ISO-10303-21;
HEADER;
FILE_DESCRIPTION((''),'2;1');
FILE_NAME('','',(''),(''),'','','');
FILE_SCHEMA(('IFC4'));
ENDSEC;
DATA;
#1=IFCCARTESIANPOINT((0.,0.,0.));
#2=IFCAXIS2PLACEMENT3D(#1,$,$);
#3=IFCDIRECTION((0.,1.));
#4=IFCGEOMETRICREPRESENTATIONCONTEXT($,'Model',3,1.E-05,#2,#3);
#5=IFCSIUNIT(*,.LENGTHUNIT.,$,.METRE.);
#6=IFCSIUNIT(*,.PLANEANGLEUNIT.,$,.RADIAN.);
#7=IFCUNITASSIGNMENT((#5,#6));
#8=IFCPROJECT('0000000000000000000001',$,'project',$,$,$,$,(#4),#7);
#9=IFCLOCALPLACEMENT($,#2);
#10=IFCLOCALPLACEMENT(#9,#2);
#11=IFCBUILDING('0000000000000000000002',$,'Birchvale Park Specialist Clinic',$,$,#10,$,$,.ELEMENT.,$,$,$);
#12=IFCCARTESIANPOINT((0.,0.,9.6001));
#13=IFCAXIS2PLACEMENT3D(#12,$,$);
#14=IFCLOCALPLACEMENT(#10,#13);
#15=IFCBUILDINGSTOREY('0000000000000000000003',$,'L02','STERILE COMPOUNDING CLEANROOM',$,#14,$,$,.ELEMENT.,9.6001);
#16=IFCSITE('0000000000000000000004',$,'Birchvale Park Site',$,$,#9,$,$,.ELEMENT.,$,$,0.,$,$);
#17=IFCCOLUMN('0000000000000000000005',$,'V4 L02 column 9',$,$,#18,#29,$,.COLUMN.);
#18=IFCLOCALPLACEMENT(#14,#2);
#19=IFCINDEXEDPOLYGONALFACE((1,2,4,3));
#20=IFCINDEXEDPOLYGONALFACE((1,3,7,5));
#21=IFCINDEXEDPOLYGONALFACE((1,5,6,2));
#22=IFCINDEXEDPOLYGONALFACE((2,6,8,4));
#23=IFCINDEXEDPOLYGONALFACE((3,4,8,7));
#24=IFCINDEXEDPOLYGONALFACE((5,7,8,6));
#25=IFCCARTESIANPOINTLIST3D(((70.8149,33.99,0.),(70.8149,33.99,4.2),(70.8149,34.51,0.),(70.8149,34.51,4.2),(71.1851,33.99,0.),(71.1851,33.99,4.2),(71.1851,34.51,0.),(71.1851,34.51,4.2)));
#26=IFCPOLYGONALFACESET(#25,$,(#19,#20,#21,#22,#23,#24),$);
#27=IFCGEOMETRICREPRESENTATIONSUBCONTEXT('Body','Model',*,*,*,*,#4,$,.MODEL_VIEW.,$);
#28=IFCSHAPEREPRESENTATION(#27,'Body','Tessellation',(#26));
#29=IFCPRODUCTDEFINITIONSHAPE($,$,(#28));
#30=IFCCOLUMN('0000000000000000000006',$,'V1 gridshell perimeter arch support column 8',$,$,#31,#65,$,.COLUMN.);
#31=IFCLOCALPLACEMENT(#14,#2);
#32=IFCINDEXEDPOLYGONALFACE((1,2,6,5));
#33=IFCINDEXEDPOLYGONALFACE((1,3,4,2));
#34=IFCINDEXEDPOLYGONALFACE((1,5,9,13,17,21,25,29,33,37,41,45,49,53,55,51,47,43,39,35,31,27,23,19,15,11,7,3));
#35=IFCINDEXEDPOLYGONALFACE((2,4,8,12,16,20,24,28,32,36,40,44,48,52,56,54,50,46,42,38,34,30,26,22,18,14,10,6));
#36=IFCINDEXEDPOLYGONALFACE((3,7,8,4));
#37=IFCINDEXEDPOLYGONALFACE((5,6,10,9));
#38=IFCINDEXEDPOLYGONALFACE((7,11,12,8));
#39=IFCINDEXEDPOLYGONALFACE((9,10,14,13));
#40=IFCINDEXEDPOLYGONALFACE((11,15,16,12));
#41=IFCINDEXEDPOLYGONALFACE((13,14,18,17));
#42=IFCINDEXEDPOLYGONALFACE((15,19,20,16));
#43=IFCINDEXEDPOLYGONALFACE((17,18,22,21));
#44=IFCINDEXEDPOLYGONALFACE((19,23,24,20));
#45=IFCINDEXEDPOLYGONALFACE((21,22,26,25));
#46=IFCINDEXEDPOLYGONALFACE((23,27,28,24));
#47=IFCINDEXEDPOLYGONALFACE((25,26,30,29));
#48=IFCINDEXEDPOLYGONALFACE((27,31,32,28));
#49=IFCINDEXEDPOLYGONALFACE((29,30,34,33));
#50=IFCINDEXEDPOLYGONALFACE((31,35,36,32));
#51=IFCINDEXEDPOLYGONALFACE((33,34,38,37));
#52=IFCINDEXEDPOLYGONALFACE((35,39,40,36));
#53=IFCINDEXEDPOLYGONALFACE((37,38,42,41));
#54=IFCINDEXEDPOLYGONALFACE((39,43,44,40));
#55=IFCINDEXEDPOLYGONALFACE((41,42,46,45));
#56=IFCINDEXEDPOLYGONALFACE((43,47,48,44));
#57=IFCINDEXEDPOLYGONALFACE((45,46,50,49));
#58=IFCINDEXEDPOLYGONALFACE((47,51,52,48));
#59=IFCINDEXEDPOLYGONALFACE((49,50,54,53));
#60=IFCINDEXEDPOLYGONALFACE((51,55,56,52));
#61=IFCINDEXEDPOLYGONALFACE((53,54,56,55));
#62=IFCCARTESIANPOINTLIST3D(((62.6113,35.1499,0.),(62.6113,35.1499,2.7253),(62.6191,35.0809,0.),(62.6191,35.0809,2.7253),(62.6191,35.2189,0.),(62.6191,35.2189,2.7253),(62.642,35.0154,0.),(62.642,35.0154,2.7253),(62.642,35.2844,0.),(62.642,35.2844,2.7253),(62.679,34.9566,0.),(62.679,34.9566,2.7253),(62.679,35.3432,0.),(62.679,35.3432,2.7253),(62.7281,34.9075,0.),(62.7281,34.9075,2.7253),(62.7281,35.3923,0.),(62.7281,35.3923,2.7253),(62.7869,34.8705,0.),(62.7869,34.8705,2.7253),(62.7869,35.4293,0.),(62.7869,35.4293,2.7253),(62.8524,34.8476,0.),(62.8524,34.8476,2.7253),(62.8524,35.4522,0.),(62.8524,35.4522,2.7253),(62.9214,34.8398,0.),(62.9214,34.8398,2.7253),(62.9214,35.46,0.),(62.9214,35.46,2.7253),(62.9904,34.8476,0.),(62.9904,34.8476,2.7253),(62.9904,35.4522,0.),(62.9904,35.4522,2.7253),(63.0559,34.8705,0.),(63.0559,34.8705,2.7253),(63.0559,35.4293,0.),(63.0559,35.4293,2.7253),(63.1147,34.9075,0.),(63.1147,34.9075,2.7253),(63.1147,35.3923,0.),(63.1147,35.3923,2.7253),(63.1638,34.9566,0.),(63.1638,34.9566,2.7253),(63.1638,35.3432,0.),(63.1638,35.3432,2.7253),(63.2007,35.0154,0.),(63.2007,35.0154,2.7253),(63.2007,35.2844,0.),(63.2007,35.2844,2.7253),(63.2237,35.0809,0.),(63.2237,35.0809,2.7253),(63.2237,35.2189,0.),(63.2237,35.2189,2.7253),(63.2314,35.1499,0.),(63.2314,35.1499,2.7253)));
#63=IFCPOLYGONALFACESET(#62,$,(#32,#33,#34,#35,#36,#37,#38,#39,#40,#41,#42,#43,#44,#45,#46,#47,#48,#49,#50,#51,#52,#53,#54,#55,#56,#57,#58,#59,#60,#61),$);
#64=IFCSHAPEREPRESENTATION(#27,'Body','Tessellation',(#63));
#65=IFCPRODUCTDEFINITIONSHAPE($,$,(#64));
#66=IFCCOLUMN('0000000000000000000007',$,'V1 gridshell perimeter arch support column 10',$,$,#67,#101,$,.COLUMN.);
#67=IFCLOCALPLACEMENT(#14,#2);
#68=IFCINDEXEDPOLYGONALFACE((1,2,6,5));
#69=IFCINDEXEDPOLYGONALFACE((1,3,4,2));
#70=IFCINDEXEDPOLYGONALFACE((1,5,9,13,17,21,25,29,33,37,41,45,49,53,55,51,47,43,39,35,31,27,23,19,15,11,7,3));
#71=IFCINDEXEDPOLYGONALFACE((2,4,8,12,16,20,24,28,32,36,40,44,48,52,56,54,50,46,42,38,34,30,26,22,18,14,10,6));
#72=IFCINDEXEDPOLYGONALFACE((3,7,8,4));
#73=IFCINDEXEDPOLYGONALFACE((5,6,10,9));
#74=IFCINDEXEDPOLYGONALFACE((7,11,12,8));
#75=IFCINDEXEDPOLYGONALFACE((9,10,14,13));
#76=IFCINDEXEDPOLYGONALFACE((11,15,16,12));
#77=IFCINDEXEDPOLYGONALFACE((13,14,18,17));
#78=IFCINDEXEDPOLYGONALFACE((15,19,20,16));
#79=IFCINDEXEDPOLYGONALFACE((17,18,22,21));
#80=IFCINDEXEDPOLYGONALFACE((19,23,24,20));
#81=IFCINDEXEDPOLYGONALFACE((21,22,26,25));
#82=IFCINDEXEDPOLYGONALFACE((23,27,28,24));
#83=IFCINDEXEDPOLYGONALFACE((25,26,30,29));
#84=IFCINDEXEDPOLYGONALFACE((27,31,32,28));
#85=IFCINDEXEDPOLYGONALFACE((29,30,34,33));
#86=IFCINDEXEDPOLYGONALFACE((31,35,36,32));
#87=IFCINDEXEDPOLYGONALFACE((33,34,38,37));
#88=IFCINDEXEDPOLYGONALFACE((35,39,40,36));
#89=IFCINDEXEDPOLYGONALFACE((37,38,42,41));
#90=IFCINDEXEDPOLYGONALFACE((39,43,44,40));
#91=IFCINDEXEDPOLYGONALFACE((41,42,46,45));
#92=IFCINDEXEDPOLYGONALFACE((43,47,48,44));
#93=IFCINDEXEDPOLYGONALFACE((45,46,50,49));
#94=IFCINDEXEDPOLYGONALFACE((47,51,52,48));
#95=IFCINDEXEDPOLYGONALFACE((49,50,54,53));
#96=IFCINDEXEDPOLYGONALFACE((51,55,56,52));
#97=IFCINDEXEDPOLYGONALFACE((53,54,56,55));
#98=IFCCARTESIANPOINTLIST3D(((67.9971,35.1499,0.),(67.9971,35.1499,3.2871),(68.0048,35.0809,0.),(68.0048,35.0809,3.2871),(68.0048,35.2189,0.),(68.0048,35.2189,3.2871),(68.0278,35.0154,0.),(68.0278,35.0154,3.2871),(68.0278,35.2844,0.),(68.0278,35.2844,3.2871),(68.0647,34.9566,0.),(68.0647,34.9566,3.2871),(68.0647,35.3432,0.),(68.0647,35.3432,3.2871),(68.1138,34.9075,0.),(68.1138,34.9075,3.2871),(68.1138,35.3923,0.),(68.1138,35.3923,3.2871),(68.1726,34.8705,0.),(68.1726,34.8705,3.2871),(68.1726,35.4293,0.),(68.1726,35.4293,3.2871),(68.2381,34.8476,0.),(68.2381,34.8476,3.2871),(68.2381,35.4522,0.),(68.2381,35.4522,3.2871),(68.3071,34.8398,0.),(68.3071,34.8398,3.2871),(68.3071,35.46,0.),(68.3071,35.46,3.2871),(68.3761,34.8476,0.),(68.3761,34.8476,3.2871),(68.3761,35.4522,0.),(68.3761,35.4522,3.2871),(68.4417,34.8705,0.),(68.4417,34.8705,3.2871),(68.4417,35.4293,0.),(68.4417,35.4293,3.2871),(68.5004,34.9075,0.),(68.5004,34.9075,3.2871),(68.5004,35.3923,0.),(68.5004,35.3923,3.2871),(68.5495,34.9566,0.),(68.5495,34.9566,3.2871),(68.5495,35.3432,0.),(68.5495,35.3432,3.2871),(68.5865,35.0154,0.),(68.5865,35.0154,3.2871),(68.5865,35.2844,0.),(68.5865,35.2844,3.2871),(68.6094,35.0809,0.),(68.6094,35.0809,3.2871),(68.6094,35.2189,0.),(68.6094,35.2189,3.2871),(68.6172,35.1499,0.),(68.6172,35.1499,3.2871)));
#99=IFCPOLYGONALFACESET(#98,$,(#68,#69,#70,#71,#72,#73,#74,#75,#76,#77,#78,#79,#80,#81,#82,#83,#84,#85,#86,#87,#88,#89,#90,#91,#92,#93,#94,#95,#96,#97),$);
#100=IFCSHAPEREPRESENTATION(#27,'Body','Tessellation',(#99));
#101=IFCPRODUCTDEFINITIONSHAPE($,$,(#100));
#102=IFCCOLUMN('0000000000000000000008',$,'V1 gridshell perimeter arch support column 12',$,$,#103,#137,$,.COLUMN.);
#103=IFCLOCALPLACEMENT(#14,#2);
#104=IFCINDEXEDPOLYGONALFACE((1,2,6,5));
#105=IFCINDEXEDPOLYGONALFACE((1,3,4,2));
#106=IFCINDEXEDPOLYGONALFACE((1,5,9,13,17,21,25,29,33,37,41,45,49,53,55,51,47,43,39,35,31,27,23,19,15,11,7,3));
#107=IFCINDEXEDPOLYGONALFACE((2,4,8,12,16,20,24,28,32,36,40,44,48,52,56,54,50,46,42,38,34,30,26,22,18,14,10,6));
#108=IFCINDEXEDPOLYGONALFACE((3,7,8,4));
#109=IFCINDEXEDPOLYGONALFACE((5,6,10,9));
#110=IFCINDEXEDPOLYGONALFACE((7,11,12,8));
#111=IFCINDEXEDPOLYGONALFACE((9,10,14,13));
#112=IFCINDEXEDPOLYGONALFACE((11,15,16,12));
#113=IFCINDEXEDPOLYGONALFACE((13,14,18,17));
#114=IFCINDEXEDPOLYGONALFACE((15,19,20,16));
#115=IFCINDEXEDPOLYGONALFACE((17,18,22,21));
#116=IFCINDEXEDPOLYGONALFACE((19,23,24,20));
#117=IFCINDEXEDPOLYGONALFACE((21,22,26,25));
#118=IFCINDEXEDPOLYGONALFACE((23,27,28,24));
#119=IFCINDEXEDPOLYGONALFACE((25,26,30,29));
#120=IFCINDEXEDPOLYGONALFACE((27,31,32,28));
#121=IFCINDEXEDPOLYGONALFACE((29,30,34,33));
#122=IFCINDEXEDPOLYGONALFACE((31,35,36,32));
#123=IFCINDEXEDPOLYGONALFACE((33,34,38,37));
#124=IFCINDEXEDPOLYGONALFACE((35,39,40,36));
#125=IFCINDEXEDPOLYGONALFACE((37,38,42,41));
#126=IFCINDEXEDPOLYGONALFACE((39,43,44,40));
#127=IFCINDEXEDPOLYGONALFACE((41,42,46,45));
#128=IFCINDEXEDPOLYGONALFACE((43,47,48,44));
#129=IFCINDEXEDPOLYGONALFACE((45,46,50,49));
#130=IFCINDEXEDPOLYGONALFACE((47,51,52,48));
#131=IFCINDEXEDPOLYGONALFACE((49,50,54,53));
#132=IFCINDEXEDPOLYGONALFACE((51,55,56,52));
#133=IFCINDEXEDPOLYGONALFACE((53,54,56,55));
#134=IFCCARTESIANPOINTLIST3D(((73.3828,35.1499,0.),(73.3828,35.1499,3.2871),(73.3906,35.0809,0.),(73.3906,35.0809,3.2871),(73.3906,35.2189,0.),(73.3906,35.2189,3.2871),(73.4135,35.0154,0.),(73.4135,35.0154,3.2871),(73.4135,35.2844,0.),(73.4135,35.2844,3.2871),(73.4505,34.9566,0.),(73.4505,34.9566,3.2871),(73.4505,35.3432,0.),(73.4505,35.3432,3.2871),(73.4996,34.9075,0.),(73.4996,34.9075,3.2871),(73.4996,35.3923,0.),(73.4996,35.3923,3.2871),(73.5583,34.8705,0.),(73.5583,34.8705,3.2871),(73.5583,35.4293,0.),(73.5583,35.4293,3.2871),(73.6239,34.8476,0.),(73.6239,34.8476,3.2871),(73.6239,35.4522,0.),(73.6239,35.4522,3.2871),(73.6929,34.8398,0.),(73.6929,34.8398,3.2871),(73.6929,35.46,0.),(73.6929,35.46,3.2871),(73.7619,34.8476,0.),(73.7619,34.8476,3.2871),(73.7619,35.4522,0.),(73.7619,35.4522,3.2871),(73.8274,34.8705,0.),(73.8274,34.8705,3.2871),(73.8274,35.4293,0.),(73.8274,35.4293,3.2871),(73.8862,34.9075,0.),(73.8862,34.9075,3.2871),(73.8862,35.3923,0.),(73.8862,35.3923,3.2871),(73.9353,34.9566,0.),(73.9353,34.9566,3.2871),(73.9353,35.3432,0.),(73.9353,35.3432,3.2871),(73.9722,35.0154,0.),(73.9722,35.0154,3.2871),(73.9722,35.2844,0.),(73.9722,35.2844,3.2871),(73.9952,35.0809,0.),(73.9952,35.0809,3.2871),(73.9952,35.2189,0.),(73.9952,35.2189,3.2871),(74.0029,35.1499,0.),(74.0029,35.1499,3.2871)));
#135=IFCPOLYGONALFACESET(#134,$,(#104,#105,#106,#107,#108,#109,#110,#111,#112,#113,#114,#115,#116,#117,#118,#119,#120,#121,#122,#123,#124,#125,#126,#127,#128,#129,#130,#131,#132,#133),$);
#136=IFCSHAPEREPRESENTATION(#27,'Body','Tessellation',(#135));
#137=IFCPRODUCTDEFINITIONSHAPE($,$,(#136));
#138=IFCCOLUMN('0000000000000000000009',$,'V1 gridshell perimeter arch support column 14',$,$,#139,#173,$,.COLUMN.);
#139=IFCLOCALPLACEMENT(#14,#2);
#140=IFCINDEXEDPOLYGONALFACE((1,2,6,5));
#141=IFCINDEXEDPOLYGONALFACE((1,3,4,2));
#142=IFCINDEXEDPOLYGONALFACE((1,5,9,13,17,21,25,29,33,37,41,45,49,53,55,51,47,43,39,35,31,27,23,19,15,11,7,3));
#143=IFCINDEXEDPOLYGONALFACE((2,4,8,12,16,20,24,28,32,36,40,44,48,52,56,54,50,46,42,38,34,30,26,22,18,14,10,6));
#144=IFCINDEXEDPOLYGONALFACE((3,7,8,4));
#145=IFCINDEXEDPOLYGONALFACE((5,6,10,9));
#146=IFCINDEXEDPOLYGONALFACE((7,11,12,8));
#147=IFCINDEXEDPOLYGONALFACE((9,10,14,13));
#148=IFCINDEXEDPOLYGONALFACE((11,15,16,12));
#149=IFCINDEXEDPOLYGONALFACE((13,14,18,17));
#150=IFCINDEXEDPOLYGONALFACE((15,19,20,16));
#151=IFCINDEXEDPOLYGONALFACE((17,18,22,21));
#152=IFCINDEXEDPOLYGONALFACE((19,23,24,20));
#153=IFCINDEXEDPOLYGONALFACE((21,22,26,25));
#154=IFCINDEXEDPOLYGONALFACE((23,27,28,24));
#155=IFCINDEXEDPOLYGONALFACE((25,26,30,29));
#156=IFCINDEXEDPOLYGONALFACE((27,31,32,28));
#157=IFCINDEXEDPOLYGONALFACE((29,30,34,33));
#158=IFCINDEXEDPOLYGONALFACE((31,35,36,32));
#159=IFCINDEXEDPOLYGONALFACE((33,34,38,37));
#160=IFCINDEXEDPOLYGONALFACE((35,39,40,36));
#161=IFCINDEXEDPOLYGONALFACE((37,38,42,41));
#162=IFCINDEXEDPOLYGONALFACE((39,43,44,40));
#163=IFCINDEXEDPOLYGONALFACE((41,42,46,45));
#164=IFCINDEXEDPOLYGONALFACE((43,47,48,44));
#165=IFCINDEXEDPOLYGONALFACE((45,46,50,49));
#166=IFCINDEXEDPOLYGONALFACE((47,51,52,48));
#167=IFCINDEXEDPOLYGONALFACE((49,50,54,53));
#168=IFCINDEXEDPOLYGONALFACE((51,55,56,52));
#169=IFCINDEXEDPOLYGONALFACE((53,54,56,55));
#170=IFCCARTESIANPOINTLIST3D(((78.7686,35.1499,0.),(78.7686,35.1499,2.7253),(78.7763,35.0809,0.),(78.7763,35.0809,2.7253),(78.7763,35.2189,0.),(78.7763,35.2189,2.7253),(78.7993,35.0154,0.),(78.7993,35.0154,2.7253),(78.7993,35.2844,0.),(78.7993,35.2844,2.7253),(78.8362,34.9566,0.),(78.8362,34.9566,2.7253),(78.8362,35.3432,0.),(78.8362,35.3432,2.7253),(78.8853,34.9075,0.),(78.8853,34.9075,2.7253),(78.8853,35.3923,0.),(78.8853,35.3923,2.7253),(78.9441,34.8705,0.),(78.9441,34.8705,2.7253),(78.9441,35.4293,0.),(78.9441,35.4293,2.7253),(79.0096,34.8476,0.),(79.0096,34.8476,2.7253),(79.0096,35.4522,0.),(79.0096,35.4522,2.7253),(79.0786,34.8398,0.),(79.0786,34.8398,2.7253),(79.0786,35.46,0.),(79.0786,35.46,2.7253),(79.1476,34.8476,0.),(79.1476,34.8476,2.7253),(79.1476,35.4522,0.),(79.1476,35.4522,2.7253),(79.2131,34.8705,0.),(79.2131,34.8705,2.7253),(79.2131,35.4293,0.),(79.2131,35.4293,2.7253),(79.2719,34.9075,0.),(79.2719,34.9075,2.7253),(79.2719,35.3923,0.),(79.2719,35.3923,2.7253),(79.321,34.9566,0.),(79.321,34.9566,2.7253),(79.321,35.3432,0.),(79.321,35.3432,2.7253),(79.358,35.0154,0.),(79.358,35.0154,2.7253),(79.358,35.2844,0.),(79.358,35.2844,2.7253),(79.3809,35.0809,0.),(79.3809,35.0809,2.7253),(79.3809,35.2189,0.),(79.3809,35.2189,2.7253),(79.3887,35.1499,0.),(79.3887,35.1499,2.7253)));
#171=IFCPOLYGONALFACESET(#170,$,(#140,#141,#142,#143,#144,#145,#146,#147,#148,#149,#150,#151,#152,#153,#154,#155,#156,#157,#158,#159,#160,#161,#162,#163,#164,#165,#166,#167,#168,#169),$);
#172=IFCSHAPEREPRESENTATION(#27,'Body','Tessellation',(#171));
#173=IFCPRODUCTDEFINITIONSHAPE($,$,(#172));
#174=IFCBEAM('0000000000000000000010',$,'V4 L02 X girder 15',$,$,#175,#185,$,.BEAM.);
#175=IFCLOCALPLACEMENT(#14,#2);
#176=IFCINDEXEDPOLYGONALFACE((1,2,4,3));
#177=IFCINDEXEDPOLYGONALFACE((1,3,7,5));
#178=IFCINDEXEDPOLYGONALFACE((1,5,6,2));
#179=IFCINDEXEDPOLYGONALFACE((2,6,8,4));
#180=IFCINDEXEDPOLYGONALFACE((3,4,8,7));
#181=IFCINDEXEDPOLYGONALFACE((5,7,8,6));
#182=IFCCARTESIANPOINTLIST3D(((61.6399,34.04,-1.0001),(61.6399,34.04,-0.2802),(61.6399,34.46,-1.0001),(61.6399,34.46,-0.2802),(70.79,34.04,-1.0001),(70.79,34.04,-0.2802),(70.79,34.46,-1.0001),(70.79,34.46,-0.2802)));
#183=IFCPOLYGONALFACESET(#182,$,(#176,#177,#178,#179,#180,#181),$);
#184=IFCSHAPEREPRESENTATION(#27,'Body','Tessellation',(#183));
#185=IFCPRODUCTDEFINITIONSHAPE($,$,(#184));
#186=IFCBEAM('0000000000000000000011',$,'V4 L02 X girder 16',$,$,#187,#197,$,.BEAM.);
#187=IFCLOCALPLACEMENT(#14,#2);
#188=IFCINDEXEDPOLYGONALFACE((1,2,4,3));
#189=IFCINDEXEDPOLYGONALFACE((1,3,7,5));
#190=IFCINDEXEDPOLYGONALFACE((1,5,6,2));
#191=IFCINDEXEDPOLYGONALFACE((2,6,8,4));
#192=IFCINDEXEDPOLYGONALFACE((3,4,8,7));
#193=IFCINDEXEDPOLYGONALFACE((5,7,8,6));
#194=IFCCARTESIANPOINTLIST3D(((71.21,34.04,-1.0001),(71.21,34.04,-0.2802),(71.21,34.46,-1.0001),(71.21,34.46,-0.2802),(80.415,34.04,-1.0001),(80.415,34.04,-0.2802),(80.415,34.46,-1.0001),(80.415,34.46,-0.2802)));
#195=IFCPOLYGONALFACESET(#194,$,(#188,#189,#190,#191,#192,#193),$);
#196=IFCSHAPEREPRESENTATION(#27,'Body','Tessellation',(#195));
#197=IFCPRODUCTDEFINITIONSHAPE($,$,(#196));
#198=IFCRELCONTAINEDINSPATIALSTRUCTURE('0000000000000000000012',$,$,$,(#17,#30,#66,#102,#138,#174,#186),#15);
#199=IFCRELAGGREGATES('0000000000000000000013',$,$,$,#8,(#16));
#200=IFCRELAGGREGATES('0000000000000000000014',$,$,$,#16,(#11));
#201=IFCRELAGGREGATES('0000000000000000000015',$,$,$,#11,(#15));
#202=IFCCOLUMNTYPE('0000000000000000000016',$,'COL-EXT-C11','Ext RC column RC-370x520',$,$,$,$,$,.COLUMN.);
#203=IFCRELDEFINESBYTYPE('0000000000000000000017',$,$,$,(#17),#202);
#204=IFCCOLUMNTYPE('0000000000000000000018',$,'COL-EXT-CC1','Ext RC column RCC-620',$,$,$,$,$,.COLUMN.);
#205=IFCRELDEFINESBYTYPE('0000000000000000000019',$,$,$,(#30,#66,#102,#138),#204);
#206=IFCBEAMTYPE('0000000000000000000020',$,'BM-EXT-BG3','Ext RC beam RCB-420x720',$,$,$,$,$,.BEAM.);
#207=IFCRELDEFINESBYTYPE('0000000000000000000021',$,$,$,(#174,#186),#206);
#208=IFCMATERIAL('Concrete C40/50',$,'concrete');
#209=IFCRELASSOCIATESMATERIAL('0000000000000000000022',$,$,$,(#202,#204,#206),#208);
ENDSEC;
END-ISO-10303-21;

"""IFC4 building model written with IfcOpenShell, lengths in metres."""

from ifc_helpers import new_model, si_unit, direction, frame, origin, origin_2d, place, context, subcontext, project, spatial, rectangle, circle, extrude, material, material_profile, profile_set, type_object, element, save


model = new_model("IFC4")

# Units and contexts
model_context = context("Model", 3, precision=1e-05, world=origin(), true_north=direction((0.0, 1.0)))
body_context = subcontext(model_context, "Body", "Model", "MODEL_VIEW")
ifc_project = project(units=[si_unit("LENGTHUNIT", "METRE"), si_unit("PLANEANGLEUNIT", "RADIAN")], contexts=[model_context])

# Site, building, storey
site_placement = place(None, origin())
site = spatial("IfcSite", under=ifc_project, at=site_placement, Name="Birchvale Park Site", CompositionType="ELEMENT", RefElevation=0.0)
building_placement = place(site_placement, origin())
building = spatial("IfcBuilding", under=site, at=building_placement, Name="Birchvale Park Specialist Clinic", CompositionType="ELEMENT")
storey_placement = place(building_placement, frame((0.0, 0.0, 9.6001)))
storey = spatial("IfcBuildingStorey", under=building, at=storey_placement, Name="L02", Description="STERILE COMPOUNDING CLEANROOM", CompositionType="ELEMENT", Elevation=9.6001)

# Columns
ifc_material_1 = material(Name="Concrete C40/50", Category="concrete")
ifc_material_profile_1 = material_profile(ifc_material_1, rectangle(XDim=0.3701, YDim=0.52, at=origin_2d()), Name="RC-370x520")
ifc_profile_set_1 = profile_set([ifc_material_profile_1], Name="Concrete C40/50")
column_type_1 = type_object("IfcColumnType", Name="COL-EXT-C11", Description="Ext RC column RC-370x520", PredefinedType="COLUMN", material=ifc_profile_set_1)
column_1_placement = place(storey_placement, frame((71.0, 34.25, 0.0), z_axis=(0.0, 0.0, 1.0), x_axis=(1.0, 0.0, 0.0)))
element("IfcColumn", 1, at=column_1_placement, inside=storey, type_object=column_type_1, Name="V4 L02 column 9", PredefinedType="COLUMN", context=body_context, shape_type="SweptSolid", body=[
    extrude(rectangle(XDim=0.3701, YDim=0.52, at=origin_2d()), origin(), (0.0, 0.0, 1.0), 4.2),
])
ifc_material_profile_2 = material_profile(ifc_material_1, circle(Radius=0.3101, at=origin_2d()), Name="RCC-620")
ifc_profile_set_2 = profile_set([ifc_material_profile_2], Name="Concrete C40/50")
column_type_2 = type_object("IfcColumnType", Name="COL-EXT-CC1", Description="Ext RC column RCC-620", PredefinedType="COLUMN", material=ifc_profile_set_2)
column_2_placement = place(storey_placement, frame((62.9214, 35.1499, 0.0), z_axis=(0.0, 0.0, 1.0), x_axis=(1.0, 0.0, 0.0)))
element("IfcColumn", 2, at=column_2_placement, inside=storey, type_object=column_type_2, Name="V1 gridshell perimeter arch support column 8", PredefinedType="COLUMN", context=body_context, shape_type="SweptSolid", body=[
    extrude(circle(Radius=0.3101, at=origin_2d()), origin(), (0.0, 0.0, 1.0), 2.7253),
])
for number, where, z_axis, x_axis, name in (
    (3, (68.3071, 35.1499, 0.0), (0.0, 0.0, 1.0), (1.0, 0.0, 0.0), "V1 gridshell perimeter arch support column 10"),
    (4, (73.6929, 35.1499, 0.0), (0.0, 0.0, 1.0), (1.0, 0.0, 0.0), "V1 gridshell perimeter arch support column 12"),
):
    element("IfcColumn", number, at=place(storey_placement, frame(where, z_axis=z_axis, x_axis=x_axis)), inside=storey, type_object=column_type_2, Name=name, PredefinedType="COLUMN", context=body_context, shape_type="SweptSolid", body=[
        extrude(circle(Radius=0.3101, at=origin_2d()), origin(), (0.0, 0.0, 1.0), 3.2871),
    ])
column_3_placement = place(storey_placement, frame((79.0786, 35.1499, 0.0), z_axis=(0.0, 0.0, 1.0), x_axis=(1.0, 0.0, 0.0)))
element("IfcColumn", 5, at=column_3_placement, inside=storey, type_object=column_type_2, Name="V1 gridshell perimeter arch support column 14", PredefinedType="COLUMN", context=body_context, shape_type="SweptSolid", body=[
    extrude(circle(Radius=0.3101, at=origin_2d()), origin(), (0.0, 0.0, 1.0), 2.7253),
])

# Beams
ifc_material_profile_3 = material_profile(ifc_material_1, rectangle(XDim=0.4199, YDim=0.72, at=origin_2d()), Name="RCB-420x720")
ifc_profile_set_3 = profile_set([ifc_material_profile_3], Name="Concrete C40/50")
beam_type_1 = type_object("IfcBeamType", Name="BM-EXT-BG3", Description="Ext RC beam RCB-420x720", PredefinedType="BEAM", material=ifc_profile_set_3)
beam_1_placement = place(storey_placement, frame((61.6399, 34.25, -0.6401), z_axis=(1.0, 0.0, 0.0), x_axis=(0.0, 1.0, 0.0)))
element("IfcBeam", 6, at=beam_1_placement, inside=storey, type_object=beam_type_1, Name="V4 L02 X girder 15", PredefinedType="BEAM", context=body_context, shape_type="SweptSolid", body=[
    extrude(rectangle(XDim=0.4199, YDim=0.72, at=origin_2d()), origin(), (0.0, 0.0, 1.0), 9.1501),
])
beam_2_placement = place(storey_placement, frame((71.21, 34.25, -0.6401), z_axis=(1.0, 0.0, 0.0), x_axis=(0.0, 1.0, 0.0)))
element("IfcBeam", 7, at=beam_2_placement, inside=storey, type_object=beam_type_1, Name="V4 L02 X girder 16", PredefinedType="BEAM", context=body_context, shape_type="SweptSolid", body=[
    extrude(rectangle(XDim=0.4199, YDim=0.72, at=origin_2d()), origin(), (0.0, 0.0, 1.0), 9.2051),
])

save(model, "model.ifc")
